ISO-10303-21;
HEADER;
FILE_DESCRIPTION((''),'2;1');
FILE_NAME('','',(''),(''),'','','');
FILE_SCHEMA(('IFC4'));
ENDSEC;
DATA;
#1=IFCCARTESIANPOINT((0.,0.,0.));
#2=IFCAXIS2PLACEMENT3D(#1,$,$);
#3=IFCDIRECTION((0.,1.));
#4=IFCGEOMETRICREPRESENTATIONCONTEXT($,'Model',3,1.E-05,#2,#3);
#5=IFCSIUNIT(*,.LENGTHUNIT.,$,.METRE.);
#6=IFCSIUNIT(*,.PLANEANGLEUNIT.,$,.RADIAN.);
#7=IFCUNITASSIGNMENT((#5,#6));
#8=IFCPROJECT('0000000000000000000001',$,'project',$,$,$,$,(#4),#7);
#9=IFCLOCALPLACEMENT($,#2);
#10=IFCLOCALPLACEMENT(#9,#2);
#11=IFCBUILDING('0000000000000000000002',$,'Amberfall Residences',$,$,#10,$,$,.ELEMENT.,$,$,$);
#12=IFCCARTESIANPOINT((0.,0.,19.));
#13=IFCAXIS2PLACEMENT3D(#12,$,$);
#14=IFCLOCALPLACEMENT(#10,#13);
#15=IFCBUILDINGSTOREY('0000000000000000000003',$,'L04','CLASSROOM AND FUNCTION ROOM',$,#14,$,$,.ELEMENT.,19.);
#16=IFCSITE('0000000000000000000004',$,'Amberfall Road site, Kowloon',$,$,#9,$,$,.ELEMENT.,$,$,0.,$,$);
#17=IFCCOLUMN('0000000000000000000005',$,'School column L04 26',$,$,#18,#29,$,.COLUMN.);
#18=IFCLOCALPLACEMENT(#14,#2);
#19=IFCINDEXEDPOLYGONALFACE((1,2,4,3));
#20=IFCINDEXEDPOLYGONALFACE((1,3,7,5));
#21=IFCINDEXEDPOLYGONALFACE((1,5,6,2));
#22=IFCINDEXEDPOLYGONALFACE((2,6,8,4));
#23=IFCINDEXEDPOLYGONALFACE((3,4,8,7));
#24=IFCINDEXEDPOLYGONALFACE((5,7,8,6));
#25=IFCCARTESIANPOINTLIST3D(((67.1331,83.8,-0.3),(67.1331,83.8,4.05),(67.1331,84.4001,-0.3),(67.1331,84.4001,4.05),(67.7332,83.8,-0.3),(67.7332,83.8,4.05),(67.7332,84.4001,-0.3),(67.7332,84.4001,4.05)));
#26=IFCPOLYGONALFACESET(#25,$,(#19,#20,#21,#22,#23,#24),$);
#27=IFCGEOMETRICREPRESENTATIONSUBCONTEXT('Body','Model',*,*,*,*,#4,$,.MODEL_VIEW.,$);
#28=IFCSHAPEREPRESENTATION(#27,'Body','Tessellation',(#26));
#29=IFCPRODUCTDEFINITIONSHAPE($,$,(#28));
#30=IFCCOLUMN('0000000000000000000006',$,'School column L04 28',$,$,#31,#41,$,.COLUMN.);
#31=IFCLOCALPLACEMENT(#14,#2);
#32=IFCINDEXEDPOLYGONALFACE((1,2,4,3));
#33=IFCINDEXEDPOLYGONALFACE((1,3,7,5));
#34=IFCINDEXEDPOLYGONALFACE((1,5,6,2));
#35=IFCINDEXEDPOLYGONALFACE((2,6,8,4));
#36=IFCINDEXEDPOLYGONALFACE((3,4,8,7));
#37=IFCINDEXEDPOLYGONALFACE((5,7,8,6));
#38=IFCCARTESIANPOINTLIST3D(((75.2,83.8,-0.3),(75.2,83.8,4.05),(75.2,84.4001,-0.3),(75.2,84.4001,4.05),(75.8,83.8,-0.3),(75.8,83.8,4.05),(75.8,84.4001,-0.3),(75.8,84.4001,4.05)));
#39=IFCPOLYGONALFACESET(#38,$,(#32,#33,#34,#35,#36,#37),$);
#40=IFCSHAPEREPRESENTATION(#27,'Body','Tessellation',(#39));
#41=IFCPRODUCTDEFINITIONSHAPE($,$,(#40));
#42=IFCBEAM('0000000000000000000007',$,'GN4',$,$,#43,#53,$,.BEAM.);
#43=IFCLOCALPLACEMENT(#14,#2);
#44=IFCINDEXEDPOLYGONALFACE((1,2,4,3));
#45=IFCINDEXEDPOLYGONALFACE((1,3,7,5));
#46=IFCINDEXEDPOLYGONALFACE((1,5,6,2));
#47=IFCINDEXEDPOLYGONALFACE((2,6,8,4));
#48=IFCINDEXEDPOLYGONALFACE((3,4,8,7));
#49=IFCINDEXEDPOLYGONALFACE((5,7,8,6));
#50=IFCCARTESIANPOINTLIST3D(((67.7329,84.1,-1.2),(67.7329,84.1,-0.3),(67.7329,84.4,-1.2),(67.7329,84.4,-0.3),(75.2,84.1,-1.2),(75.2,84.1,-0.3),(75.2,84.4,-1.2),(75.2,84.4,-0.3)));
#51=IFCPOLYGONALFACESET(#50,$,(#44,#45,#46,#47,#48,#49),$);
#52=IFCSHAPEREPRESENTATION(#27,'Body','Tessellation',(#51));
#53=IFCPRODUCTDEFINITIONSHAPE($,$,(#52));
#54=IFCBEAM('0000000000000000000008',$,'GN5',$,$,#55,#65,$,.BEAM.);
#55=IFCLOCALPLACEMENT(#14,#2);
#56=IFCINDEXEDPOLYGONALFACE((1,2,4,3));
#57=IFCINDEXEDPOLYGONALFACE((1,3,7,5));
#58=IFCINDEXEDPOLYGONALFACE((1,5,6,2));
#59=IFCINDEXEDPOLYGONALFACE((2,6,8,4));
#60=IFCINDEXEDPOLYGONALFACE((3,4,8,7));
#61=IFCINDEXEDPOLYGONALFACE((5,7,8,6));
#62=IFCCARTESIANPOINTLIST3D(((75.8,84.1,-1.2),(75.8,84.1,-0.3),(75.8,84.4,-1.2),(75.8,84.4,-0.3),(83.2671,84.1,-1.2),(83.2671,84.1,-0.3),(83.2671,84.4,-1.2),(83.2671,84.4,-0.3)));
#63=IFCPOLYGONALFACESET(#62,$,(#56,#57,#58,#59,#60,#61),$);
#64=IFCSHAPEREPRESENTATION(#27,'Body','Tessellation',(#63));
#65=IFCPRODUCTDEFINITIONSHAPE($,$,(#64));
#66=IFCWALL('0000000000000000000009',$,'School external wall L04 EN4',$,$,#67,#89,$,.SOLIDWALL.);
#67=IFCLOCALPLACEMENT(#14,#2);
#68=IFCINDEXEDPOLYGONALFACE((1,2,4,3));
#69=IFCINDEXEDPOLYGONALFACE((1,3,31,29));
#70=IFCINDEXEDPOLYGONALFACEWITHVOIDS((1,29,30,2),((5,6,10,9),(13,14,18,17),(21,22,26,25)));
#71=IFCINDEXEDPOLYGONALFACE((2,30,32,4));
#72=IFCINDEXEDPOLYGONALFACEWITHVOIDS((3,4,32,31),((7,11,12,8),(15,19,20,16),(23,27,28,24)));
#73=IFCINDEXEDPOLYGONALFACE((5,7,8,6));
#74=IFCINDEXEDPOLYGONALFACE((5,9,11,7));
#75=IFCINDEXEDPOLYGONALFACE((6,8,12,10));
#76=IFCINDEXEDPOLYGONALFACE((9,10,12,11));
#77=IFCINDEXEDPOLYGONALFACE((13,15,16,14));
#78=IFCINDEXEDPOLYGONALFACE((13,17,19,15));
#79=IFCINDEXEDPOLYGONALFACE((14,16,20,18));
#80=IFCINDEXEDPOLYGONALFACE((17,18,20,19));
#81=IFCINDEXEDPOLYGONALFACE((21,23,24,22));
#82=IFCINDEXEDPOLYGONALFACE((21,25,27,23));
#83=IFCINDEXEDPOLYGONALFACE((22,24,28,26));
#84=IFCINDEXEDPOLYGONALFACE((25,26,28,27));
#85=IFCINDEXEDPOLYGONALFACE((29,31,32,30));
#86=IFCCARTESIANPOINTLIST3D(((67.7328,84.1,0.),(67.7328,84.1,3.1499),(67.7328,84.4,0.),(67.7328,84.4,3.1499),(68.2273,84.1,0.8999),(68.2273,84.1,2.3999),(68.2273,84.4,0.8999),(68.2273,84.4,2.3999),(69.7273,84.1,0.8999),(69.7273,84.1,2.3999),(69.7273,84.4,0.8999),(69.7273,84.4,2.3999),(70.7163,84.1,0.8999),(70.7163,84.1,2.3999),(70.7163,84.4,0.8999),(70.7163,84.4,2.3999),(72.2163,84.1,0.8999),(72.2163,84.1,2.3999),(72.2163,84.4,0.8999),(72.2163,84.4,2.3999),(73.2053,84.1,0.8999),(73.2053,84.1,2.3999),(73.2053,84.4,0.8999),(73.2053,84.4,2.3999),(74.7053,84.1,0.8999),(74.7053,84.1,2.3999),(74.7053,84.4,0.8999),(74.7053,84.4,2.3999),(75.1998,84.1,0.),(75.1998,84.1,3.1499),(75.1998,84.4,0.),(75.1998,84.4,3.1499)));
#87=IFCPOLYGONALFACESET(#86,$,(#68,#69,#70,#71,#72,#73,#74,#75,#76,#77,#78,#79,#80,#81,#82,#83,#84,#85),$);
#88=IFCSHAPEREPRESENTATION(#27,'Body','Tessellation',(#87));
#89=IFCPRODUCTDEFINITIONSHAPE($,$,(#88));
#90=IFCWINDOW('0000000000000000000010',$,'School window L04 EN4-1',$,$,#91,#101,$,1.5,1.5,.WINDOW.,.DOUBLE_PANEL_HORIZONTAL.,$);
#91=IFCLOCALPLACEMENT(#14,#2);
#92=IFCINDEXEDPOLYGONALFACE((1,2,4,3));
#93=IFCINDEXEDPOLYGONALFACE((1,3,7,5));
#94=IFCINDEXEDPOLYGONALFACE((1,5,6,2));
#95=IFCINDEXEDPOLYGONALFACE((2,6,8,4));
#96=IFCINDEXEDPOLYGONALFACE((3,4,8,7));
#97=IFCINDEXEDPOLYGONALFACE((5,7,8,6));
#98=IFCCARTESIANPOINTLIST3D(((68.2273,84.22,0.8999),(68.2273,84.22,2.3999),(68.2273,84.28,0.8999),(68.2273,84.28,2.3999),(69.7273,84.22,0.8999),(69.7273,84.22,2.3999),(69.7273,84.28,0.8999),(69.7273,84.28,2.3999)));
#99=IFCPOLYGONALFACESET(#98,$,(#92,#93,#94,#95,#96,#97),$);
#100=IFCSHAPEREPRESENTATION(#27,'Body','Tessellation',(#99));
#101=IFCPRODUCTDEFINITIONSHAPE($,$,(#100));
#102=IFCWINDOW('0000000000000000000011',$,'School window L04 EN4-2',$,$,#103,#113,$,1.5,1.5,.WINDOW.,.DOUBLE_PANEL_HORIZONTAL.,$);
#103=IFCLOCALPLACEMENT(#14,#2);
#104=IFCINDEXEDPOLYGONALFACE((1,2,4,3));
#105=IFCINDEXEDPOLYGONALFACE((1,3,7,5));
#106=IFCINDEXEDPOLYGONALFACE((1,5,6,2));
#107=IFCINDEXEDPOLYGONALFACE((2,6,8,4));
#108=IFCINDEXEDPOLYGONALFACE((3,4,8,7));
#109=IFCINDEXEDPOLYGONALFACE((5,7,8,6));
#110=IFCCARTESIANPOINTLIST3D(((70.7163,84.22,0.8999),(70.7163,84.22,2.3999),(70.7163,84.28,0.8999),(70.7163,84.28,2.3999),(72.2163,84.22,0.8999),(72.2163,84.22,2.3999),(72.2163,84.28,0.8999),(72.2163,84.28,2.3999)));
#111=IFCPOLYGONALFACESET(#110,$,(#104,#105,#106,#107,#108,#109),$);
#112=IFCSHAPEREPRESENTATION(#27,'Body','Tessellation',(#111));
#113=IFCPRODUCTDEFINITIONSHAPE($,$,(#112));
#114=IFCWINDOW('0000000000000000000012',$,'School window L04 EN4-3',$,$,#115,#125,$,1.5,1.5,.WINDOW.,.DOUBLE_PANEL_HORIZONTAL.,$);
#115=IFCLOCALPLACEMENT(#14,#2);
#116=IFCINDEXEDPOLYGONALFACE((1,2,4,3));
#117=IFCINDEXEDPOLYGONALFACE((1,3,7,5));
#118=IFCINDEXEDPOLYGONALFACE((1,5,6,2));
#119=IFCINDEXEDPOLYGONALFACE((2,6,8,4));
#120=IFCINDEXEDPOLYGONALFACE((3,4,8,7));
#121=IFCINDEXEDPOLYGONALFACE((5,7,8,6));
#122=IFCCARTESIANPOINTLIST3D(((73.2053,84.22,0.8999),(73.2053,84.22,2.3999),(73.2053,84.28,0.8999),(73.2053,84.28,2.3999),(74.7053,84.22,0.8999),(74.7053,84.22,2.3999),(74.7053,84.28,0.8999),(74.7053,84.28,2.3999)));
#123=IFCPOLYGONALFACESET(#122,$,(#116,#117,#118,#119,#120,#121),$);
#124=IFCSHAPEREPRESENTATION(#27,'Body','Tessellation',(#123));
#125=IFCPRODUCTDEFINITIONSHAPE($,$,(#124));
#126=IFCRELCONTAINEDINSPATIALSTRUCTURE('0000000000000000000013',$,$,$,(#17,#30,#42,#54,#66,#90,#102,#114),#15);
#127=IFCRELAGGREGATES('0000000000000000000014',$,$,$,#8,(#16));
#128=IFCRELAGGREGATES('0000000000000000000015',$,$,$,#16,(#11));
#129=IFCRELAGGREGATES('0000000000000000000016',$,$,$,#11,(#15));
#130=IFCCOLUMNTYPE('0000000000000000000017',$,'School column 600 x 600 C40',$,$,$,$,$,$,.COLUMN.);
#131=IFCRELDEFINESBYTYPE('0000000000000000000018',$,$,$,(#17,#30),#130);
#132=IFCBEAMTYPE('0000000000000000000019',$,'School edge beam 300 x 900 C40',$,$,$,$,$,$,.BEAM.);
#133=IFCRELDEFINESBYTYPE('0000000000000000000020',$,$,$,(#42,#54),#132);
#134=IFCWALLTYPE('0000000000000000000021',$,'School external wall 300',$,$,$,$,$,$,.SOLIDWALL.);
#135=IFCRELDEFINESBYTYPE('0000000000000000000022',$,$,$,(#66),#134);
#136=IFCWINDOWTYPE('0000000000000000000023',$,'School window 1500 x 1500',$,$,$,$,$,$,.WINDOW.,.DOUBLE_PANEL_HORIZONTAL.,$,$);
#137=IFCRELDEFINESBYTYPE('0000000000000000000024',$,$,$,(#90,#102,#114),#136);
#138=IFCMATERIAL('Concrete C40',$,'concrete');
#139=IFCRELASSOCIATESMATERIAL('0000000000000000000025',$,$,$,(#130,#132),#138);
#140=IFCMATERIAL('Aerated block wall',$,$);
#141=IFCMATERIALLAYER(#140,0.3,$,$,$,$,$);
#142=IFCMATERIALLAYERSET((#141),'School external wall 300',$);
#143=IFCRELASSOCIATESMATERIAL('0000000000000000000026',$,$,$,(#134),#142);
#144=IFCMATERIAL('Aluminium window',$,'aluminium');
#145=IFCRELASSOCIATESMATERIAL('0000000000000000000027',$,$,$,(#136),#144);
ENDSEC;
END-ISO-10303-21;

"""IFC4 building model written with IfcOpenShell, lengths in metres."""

from ifc_helpers import new_model, si_unit, direction, frame, frame_2d, origin, origin_2d, place, context, subcontext, project, spatial, rectangle, extrude, material, layer, layer_set, material_profile, profile_set, type_object, element, fill, save


model = new_model("IFC4")

# Units and contexts
model_context = context("Model", 3, precision=1e-05, world=origin(), true_north=direction((0.0, 1.0)))
body_context = subcontext(model_context, "Body", "Model", "MODEL_VIEW")
ifc_project = project(units=[si_unit("LENGTHUNIT", "METRE"), si_unit("PLANEANGLEUNIT", "RADIAN")], contexts=[model_context])

# Site, building, storey
site_placement = place(None, origin())
site = spatial("IfcSite", under=ifc_project, at=site_placement, Name="Amberfall Road site, Kowloon", CompositionType="ELEMENT", RefElevation=0.0)
building_placement = place(site_placement, origin())
building = spatial("IfcBuilding", under=site, at=building_placement, Name="Amberfall Residences", CompositionType="ELEMENT")
storey_placement = place(building_placement, frame((0.0, 0.0, 19.0)))
storey = spatial("IfcBuildingStorey", under=building, at=storey_placement, Name="L04", Description="CLASSROOM AND FUNCTION ROOM", CompositionType="ELEMENT", Elevation=19.0)

# Columns
ifc_material_1 = material(Name="Concrete C40", Category="concrete")
ifc_material_profile_1 = material_profile(ifc_material_1, rectangle(XDim=0.6001, YDim=0.6001, at=origin_2d()), Name="School column 600 x 600 C40")
ifc_profile_set_1 = profile_set([ifc_material_profile_1], Name="Concrete C40")
column_type = type_object("IfcColumnType", Name="School column 600 x 600 C40", PredefinedType="COLUMN", material=ifc_profile_set_1)
for number, where, z_axis, x_axis, name in (
    (1, (67.4331, 84.1001, -0.3), (0.0, 0.0, 1.0), (1.0, 0.0, 0.0), "School column L04 26"),
    (2, (75.5, 84.1001, -0.3), (0.0, 0.0, 1.0), (1.0, 0.0, 0.0), "School column L04 28"),
):
    element("IfcColumn", number, at=place(storey_placement, frame(where, z_axis=z_axis, x_axis=x_axis)), inside=storey, type_object=column_type, Name=name, PredefinedType="COLUMN", context=body_context, shape_type="SweptSolid", body=[
        extrude(rectangle(XDim=0.6001, YDim=0.6001, at=origin_2d()), origin(), (0.0, 0.0, 1.0), 4.3501),
    ])

# Beams
ifc_material_profile_2 = material_profile(ifc_material_1, rectangle(XDim=0.3, YDim=0.8999, at=origin_2d()), Name="School edge beam 300 x 900 C40")
ifc_profile_set_2 = profile_set([ifc_material_profile_2], Name="Concrete C40")
beam_type = type_object("IfcBeamType", Name="School edge beam 300 x 900 C40", PredefinedType="BEAM", material=ifc_profile_set_2)
for number, where, z_axis, x_axis, name in (
    (3, (67.7329, 84.25, -0.75), (1.0, 0.0, 0.0), (0.0, 1.0, 0.0), "GN4"),
    (4, (75.8, 84.25, -0.75), (1.0, 0.0, 0.0), (0.0, 1.0, 0.0), "GN5"),
):
    element("IfcBeam", number, at=place(storey_placement, frame(where, z_axis=z_axis, x_axis=x_axis)), inside=storey, type_object=beam_type, Name=name, PredefinedType="BEAM", context=body_context, shape_type="SweptSolid", body=[
        extrude(rectangle(XDim=0.3, YDim=0.8999, at=origin_2d()), origin(), (0.0, 0.0, 1.0), 7.467),
    ])

# Wall, openings, windows
ifc_material_2 = material(Name="Aerated block wall")
ifc_layer_1 = layer(ifc_material_2, 0.3)
ifc_layer_set_1 = layer_set([ifc_layer_1], Name="School external wall 300")
wall_type_1 = type_object("IfcWallType", Name="School external wall 300", PredefinedType="SOLIDWALL", material=ifc_layer_set_1)
wall_1_placement = place(storey_placement, frame((67.7329, 84.25, 0.0), z_axis=(0.0, 0.0, 1.0), x_axis=(1.0, 0.0, 0.0)))
wall_1 = element("IfcWall", 5, at=wall_1_placement, inside=storey, type_object=wall_type_1, Name="School external wall L04 EN4", PredefinedType="SOLIDWALL", context=body_context, shape_type="SweptSolid", body=[
    extrude(rectangle(XDim=7.467, YDim=0.3, at=frame_2d((3.7334, 0.0))), origin(), (0.0, 0.0, 1.0), 3.1499),
])
opening_1_placement = place(wall_1_placement, frame((0.4944, 0.0, 0.8999)))
opening_1 = element("IfcOpeningElement", 6, at=opening_1_placement, cuts=wall_1, PredefinedType="OPENING", context=body_context, shape_type="SweptSolid", body=[
    extrude(rectangle(XDim=1.5, YDim=1.5, at=frame_2d((0.75, 0.75))), frame((0.0, 0.1599, 0.0), z_axis=(0.0, -1.0, 0.0), x_axis=(1.0, 0.0, 0.0)), (0.0, 0.0, 1.0), 0.3201),
])
opening_2_placement = place(wall_1_placement, frame((2.9834, 0.0, 0.8999)))
opening_2 = element("IfcOpeningElement", 7, at=opening_2_placement, cuts=wall_1, PredefinedType="OPENING", context=body_context, shape_type="SweptSolid", body=[
    extrude(rectangle(XDim=1.5, YDim=1.5, at=frame_2d((0.75, 0.75))), frame((0.0, 0.1599, 0.0), z_axis=(0.0, -1.0, 0.0), x_axis=(1.0, 0.0, 0.0)), (0.0, 0.0, 1.0), 0.3201),
])
opening_3_placement = place(wall_1_placement, frame((5.4724, 0.0, 0.8999)))
opening_3 = element("IfcOpeningElement", 8, at=opening_3_placement, cuts=wall_1, PredefinedType="OPENING", context=body_context, shape_type="SweptSolid", body=[
    extrude(rectangle(XDim=1.5, YDim=1.5, at=frame_2d((0.75, 0.75))), frame((0.0, 0.1599, 0.0), z_axis=(0.0, -1.0, 0.0), x_axis=(1.0, 0.0, 0.0)), (0.0, 0.0, 1.0), 0.3201),
])
ifc_material_3 = material(Name="Aluminium window", Category="aluminium")
window_type = type_object("IfcWindowType", Name="School window 1500 x 1500", PartitioningType="DOUBLE_PANEL_HORIZONTAL", PredefinedType="WINDOW", material=ifc_material_3)
window_1_placement = place(opening_1_placement, origin())
window_1 = element("IfcWindow", 9, at=window_1_placement, inside=storey, type_object=window_type, Name="School window L04 EN4-1", OverallHeight=1.5, OverallWidth=1.5, PartitioningType="DOUBLE_PANEL_HORIZONTAL", PredefinedType="WINDOW", context=body_context, shape_type="SweptSolid", body=[
    extrude(rectangle(XDim=1.5, YDim=1.5, at=frame_2d((0.75, 0.75))), frame((0.0, 0.03, 0.0), z_axis=(0.0, -1.0, 0.0), x_axis=(1.0, 0.0, 0.0)), (0.0, 0.0, 1.0), 0.0601),
])
fill(opening_1, window_1)
window_2_placement = place(opening_2_placement, origin())
window_2 = element("IfcWindow", 10, at=window_2_placement, inside=storey, type_object=window_type, Name="School window L04 EN4-2", OverallHeight=1.5, OverallWidth=1.5, PartitioningType="DOUBLE_PANEL_HORIZONTAL", PredefinedType="WINDOW", context=body_context, shape_type="SweptSolid", body=[
    extrude(rectangle(XDim=1.5, YDim=1.5, at=frame_2d((0.75, 0.75))), frame((0.0, 0.03, 0.0), z_axis=(0.0, -1.0, 0.0), x_axis=(1.0, 0.0, 0.0)), (0.0, 0.0, 1.0), 0.0601),
])
fill(opening_2, window_2)
window_3_placement = place(opening_3_placement, origin())
window_3 = element("IfcWindow", 11, at=window_3_placement, inside=storey, type_object=window_type, Name="School window L04 EN4-3", OverallHeight=1.5, OverallWidth=1.5, PartitioningType="DOUBLE_PANEL_HORIZONTAL", PredefinedType="WINDOW", context=body_context, shape_type="SweptSolid", body=[
    extrude(rectangle(XDim=1.5, YDim=1.5, at=frame_2d((0.75, 0.75))), frame((0.0, 0.03, 0.0), z_axis=(0.0, -1.0, 0.0), x_axis=(1.0, 0.0, 0.0)), (0.0, 0.0, 1.0), 0.0601),
])
fill(opening_3, window_3)

save(model, "model.ifc")
